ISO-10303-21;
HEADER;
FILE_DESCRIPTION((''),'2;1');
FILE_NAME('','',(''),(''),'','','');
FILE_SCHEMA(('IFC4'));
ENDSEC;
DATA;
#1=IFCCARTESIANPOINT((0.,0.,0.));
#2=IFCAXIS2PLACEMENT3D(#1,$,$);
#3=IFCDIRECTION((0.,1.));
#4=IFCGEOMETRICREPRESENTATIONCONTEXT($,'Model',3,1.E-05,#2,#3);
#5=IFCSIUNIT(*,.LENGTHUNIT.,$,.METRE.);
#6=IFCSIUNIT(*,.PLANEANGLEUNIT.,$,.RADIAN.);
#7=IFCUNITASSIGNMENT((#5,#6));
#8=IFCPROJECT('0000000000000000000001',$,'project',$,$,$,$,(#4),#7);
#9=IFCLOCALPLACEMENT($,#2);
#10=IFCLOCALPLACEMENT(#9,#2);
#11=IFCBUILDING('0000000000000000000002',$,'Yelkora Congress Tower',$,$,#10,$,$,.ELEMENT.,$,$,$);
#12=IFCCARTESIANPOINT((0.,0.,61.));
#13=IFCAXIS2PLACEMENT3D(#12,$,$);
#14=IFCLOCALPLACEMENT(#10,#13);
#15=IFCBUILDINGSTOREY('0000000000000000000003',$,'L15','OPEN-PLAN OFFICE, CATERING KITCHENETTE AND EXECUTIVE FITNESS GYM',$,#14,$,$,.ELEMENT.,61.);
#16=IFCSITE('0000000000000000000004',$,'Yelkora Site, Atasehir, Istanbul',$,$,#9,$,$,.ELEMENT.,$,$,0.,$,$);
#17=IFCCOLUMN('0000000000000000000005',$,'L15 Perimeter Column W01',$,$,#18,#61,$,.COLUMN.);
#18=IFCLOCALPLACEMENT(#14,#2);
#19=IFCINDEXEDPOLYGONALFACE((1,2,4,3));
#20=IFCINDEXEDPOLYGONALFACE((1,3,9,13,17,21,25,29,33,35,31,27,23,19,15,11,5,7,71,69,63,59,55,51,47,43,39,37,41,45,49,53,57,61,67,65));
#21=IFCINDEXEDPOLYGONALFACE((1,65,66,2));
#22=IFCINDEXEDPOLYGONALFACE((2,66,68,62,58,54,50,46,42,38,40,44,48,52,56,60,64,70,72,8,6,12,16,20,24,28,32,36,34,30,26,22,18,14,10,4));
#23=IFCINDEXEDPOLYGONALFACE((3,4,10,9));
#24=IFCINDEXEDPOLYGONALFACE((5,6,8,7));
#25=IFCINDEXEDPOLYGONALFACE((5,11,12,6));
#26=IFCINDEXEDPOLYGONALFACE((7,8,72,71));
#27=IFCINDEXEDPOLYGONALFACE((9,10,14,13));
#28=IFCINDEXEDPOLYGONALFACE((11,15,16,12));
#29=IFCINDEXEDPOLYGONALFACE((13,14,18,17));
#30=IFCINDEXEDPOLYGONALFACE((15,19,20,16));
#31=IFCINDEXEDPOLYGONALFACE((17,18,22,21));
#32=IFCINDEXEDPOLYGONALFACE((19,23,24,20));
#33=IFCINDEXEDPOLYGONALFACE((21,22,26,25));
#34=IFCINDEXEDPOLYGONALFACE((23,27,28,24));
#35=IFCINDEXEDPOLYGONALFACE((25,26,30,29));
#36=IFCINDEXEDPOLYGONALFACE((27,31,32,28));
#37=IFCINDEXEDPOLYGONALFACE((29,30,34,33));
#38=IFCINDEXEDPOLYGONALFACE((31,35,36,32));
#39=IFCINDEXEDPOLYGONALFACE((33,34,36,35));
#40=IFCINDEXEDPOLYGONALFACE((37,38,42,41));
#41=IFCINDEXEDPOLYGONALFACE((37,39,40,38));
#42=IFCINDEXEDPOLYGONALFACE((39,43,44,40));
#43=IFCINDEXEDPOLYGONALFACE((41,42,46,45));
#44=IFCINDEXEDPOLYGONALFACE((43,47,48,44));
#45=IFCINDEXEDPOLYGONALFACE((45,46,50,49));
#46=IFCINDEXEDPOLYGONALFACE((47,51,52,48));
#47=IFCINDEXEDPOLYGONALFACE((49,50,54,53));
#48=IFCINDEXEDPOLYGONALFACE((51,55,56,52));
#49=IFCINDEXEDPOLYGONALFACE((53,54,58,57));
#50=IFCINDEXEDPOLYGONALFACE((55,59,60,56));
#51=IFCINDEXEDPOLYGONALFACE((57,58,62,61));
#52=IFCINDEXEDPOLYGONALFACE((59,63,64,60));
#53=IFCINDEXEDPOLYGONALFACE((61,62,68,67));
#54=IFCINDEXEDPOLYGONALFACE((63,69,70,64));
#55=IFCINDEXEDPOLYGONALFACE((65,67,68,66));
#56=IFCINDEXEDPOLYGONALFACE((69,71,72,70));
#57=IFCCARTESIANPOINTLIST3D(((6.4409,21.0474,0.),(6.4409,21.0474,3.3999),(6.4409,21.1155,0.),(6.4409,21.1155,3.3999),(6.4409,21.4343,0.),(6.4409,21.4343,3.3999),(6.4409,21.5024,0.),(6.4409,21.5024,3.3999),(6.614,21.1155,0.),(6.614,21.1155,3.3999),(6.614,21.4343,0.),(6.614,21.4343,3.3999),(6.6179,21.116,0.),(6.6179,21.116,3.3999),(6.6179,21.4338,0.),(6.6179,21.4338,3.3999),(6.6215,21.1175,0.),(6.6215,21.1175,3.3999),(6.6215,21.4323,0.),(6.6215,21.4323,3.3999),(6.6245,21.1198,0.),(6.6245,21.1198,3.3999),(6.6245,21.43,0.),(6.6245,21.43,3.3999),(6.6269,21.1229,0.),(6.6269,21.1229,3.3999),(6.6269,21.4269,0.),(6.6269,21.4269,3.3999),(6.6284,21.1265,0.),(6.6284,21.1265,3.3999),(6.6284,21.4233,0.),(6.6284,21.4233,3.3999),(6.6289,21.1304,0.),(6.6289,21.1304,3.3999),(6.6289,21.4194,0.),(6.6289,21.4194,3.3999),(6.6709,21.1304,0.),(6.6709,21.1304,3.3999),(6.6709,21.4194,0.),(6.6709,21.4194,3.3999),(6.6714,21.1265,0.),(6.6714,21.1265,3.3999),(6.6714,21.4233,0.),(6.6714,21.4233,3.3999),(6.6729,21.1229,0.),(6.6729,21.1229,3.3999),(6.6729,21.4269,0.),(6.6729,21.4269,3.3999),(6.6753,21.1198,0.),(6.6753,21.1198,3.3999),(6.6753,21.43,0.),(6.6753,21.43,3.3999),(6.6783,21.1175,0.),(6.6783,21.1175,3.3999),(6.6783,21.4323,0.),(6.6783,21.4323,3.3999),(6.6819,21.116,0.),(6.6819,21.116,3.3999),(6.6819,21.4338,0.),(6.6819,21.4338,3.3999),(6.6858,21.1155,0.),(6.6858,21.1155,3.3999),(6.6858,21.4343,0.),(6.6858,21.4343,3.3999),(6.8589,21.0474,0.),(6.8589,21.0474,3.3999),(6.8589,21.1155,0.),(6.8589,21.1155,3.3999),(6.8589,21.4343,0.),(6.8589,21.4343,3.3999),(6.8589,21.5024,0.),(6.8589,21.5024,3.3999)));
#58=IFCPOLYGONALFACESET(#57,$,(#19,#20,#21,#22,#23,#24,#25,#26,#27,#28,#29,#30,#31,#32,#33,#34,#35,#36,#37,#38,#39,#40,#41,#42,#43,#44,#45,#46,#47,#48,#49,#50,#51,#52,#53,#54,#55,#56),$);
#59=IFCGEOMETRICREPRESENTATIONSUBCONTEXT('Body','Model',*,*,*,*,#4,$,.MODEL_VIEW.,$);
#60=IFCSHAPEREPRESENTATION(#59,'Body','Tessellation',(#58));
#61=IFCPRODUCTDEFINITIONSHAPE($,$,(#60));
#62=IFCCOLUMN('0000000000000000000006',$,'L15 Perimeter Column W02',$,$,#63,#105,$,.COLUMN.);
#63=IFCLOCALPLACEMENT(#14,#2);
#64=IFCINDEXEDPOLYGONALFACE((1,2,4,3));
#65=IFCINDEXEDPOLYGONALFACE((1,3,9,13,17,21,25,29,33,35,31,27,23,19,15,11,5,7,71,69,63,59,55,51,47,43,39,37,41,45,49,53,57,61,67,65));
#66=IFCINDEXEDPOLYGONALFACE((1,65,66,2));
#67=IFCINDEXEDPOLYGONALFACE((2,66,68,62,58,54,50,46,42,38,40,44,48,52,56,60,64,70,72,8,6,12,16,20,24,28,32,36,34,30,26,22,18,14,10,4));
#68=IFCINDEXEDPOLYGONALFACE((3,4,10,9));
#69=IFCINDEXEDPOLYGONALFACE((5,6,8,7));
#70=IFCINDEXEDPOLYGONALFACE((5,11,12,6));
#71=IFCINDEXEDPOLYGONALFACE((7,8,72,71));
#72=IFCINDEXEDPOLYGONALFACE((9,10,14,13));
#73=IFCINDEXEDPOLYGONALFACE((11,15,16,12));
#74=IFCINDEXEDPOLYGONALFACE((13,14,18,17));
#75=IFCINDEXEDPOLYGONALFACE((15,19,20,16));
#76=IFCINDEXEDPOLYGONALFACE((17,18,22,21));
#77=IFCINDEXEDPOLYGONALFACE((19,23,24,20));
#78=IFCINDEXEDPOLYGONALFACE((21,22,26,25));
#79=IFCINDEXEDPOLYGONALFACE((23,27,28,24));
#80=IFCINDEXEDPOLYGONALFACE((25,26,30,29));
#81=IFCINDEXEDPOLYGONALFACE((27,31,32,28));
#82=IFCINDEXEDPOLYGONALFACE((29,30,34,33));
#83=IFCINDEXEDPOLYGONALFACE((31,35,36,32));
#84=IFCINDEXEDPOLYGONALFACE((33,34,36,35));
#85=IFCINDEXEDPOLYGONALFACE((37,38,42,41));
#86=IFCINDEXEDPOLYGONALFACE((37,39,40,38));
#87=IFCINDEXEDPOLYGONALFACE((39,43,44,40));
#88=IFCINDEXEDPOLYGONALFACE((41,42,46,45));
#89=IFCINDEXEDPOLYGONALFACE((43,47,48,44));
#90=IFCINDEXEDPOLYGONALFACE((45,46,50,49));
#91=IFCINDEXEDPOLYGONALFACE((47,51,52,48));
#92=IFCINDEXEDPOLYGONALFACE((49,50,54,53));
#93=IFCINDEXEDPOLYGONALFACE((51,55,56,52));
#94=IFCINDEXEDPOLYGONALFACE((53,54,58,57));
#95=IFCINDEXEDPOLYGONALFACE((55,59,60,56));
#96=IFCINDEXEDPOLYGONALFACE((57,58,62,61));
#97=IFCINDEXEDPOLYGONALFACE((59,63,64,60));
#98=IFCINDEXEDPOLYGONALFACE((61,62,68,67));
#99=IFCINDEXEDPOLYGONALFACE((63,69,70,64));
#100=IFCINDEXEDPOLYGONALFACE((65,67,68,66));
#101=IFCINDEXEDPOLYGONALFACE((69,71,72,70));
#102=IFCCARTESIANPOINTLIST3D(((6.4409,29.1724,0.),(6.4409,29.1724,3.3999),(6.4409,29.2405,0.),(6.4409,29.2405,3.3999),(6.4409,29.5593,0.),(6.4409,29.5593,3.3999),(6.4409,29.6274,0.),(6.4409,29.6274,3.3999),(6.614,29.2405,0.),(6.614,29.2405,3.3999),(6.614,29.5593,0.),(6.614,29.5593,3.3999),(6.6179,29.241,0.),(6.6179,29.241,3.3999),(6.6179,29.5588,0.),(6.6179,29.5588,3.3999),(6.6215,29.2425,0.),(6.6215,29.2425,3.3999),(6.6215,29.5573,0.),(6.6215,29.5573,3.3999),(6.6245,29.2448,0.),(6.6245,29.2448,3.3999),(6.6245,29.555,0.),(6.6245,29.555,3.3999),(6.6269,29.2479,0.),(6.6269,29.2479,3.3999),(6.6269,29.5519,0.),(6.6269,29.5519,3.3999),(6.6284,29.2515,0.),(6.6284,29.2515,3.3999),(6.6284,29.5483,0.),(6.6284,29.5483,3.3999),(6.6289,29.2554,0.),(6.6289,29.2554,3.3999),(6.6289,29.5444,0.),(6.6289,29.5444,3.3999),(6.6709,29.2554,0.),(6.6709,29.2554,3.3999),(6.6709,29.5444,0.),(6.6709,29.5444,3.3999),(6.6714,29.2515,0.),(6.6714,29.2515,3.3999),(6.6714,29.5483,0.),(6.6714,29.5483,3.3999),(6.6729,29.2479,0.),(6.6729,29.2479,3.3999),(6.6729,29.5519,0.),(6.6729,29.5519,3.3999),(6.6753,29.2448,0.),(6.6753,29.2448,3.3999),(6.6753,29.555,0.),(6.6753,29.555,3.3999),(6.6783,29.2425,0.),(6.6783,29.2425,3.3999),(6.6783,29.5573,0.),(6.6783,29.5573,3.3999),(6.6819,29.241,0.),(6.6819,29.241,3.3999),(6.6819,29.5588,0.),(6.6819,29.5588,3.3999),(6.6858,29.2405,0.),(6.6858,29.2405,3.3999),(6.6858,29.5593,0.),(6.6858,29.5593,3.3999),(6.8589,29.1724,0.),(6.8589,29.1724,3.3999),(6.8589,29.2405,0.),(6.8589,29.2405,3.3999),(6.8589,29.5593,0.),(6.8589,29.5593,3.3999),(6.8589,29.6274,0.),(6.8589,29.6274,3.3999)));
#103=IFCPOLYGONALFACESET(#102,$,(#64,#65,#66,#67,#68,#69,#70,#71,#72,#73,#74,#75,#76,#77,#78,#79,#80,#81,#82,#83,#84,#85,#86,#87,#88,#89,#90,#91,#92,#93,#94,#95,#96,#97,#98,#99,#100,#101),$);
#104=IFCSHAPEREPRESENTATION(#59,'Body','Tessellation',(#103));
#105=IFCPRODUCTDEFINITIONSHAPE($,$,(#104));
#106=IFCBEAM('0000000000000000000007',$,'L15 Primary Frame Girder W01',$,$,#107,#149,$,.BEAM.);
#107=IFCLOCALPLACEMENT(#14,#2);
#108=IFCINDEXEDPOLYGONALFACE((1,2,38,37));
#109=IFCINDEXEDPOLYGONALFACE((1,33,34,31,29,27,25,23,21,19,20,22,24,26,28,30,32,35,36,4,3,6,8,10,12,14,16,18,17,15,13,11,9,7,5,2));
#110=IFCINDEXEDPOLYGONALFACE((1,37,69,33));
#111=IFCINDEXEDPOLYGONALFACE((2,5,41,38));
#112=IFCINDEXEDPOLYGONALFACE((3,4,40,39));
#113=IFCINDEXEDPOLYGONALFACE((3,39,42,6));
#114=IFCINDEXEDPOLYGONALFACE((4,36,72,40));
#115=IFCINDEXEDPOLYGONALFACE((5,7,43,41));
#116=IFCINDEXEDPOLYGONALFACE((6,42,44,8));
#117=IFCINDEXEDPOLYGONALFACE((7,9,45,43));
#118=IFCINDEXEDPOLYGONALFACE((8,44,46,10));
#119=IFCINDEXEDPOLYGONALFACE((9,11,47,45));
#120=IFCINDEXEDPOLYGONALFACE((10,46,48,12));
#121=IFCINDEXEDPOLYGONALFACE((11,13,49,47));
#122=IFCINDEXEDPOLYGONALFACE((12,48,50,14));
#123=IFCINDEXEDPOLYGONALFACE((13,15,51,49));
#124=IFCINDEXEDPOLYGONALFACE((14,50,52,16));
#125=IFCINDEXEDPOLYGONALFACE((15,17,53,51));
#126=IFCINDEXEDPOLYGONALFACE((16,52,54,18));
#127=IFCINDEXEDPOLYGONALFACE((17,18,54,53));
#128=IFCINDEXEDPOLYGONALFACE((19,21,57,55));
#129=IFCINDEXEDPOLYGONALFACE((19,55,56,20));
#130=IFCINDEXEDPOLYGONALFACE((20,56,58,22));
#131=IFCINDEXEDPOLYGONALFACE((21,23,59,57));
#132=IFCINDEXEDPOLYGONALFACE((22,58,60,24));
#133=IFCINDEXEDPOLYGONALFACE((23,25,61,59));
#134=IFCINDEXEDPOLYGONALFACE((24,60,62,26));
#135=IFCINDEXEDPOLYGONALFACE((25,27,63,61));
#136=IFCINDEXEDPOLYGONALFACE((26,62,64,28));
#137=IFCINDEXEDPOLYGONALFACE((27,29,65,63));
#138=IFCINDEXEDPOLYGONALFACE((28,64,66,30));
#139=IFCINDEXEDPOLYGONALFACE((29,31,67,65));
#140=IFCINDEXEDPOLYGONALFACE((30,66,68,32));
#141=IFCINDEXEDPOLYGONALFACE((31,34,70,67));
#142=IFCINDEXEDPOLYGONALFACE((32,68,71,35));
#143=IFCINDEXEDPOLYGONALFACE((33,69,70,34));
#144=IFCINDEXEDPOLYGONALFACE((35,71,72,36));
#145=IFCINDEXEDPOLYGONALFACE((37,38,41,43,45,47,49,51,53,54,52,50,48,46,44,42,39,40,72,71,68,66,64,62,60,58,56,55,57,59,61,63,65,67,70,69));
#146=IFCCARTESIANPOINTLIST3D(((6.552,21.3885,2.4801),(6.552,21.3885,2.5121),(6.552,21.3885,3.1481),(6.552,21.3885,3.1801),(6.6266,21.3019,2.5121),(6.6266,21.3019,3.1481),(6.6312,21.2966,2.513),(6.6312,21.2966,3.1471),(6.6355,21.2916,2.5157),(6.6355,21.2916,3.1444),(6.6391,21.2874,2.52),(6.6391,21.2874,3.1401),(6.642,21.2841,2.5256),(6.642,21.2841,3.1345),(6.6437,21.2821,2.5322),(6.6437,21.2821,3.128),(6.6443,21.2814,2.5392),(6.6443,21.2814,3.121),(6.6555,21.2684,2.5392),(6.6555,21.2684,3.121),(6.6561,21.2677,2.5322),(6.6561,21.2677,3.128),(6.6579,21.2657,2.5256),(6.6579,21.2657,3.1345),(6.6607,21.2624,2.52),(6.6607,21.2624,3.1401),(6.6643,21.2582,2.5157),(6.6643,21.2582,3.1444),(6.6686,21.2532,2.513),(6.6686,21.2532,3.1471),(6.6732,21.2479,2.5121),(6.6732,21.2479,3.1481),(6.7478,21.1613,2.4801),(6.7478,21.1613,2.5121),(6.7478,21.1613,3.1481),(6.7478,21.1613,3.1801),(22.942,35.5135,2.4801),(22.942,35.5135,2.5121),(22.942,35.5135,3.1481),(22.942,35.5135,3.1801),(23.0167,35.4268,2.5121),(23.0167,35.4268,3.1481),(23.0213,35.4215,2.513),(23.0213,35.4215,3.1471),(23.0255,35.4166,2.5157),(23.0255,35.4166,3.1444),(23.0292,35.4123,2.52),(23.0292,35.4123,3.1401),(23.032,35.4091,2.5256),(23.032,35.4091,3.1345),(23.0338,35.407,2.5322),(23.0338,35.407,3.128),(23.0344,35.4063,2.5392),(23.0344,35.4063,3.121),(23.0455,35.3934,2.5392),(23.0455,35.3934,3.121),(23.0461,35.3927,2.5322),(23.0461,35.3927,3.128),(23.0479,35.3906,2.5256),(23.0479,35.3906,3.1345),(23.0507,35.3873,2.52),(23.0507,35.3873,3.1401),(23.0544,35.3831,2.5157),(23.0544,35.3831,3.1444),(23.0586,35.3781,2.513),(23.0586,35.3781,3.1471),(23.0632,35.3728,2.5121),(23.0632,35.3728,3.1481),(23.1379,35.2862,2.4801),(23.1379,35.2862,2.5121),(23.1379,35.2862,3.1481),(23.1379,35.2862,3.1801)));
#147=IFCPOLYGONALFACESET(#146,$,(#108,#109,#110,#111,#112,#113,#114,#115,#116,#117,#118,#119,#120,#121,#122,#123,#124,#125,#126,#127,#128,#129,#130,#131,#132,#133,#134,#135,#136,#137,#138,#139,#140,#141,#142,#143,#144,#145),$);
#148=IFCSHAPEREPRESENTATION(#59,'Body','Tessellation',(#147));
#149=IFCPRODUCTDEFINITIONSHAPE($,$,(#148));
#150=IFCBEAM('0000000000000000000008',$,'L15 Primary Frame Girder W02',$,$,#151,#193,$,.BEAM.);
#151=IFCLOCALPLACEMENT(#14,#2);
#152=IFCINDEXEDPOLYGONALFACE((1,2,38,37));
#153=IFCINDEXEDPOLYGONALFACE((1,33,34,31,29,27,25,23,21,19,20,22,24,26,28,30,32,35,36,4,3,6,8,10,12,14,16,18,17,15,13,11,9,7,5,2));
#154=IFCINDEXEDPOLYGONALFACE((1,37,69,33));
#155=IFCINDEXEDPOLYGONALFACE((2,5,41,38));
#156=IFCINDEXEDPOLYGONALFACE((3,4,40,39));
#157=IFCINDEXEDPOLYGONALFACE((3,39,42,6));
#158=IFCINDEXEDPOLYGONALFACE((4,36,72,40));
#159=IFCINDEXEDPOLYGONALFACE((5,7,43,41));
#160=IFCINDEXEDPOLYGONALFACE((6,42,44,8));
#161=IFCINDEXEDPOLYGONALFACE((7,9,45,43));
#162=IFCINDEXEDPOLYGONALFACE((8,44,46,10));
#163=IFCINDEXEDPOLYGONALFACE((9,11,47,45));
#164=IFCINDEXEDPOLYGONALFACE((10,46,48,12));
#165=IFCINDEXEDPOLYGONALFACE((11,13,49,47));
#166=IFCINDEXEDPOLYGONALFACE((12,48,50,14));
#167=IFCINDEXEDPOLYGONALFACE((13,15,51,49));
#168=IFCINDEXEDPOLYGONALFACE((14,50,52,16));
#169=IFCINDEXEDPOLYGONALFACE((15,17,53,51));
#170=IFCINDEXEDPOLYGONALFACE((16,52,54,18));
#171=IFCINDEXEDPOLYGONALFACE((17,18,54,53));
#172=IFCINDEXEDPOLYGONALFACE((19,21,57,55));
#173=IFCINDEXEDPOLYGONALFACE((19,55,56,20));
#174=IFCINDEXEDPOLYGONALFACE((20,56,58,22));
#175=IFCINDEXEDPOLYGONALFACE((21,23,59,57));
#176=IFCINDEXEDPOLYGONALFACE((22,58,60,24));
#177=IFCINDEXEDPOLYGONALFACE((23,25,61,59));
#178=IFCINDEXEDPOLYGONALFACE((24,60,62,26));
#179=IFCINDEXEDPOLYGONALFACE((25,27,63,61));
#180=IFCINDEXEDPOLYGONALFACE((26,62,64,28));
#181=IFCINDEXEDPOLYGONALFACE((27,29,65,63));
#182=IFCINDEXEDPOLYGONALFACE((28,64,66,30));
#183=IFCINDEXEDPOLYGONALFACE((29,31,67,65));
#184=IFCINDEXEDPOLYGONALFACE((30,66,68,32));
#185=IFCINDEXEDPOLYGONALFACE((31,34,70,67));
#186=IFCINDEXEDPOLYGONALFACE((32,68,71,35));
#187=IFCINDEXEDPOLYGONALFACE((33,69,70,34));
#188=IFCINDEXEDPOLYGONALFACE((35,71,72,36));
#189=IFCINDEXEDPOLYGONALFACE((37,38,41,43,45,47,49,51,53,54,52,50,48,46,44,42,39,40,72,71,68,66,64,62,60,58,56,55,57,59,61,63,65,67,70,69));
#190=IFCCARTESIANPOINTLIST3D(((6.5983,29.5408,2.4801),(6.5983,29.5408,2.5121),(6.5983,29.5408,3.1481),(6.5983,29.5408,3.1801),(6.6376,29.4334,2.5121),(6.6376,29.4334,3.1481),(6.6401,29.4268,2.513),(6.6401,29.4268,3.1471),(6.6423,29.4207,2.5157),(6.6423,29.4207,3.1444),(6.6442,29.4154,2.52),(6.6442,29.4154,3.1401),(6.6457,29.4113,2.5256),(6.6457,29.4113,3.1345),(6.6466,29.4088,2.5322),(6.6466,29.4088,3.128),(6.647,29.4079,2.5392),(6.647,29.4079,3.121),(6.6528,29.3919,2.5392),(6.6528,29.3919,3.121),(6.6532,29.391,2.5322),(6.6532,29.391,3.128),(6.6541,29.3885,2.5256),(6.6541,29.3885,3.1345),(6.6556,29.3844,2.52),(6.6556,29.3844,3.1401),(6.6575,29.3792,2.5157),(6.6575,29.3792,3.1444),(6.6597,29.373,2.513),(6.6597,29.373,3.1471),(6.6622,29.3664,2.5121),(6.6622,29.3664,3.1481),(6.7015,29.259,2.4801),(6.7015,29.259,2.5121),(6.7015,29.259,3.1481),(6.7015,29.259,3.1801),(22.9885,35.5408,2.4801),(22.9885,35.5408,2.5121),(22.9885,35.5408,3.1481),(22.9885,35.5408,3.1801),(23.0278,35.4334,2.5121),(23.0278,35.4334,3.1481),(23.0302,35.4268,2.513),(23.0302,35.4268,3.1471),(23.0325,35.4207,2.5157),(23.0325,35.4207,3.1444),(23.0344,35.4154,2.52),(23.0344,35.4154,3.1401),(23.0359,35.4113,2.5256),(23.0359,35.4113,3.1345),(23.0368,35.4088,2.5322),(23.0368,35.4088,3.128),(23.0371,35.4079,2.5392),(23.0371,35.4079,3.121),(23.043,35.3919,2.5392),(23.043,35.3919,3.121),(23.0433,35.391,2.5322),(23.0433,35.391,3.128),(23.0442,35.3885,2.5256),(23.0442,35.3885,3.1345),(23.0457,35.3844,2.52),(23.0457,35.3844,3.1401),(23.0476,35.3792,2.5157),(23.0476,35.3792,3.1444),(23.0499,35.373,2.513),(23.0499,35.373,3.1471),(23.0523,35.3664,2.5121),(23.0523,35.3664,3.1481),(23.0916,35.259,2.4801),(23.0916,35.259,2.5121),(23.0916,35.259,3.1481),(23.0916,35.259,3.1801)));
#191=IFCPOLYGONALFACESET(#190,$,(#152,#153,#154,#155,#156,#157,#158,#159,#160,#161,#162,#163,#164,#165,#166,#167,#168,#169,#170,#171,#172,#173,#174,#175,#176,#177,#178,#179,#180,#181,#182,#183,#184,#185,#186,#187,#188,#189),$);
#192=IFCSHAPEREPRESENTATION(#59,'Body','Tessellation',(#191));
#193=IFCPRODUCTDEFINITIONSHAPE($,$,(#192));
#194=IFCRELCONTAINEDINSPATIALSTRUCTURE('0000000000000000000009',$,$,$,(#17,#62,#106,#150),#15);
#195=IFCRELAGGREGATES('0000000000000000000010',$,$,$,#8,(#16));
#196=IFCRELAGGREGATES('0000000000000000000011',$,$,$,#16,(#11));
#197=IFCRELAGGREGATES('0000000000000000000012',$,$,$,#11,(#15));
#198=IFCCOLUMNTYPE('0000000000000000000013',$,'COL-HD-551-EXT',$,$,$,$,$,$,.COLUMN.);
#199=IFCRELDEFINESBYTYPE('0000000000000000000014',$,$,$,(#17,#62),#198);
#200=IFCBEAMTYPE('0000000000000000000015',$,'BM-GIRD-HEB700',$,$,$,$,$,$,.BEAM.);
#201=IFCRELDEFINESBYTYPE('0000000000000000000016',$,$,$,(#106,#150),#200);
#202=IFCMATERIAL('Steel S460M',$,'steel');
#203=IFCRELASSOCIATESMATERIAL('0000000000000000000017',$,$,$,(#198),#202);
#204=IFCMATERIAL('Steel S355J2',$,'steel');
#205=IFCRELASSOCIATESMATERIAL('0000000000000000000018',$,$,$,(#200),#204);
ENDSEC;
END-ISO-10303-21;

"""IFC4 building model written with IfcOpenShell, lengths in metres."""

from ifc_helpers import new_model, si_unit, direction, frame, origin, origin_2d, place, context, subcontext, project, spatial, i_section, extrude, material, material_profile, profile_set, type_object, element, save


model = new_model("IFC4")

# Units and contexts
model_context = context("Model", 3, precision=1e-05, world=origin(), true_north=direction((0.0, 1.0)))
body_context = subcontext(model_context, "Body", "Model", "MODEL_VIEW")
ifc_project = project(units=[si_unit("LENGTHUNIT", "METRE"), si_unit("PLANEANGLEUNIT", "RADIAN")], contexts=[model_context])

# Site, building, storey
site_placement = place(None, origin())
site = spatial("IfcSite", under=ifc_project, at=site_placement, Name="Yelkora Site, Atasehir, Istanbul", CompositionType="ELEMENT", RefElevation=0.0)
building_placement = place(site_placement, origin())
building = spatial("IfcBuilding", under=site, at=building_placement, Name="Yelkora Congress Tower", CompositionType="ELEMENT")
storey_placement = place(building_placement, frame((0.0, 0.0, 61.0)))
storey = spatial("IfcBuildingStorey", under=building, at=storey_placement, Name="L15", Description="OPEN-PLAN OFFICE, CATERING KITCHENETTE AND EXECUTIVE FITNESS GYM", CompositionType="ELEMENT", Elevation=61.0)

# Columns
ifc_material_1 = material(Name="Steel S460M", Category="steel")
ifc_material_profile_1 = material_profile(ifc_material_1, i_section(OverallWidth=0.418, OverallDepth=0.4551, WebThickness=0.042, FlangeThickness=0.0681, FilletRadius=0.0149, at=origin_2d()), Name="HD 400x551")
ifc_profile_set_1 = profile_set([ifc_material_profile_1], Name="Steel S460M")
column_type = type_object("IfcColumnType", Name="COL-HD-551-EXT", PredefinedType="COLUMN", material=ifc_profile_set_1)
for number, where, z_axis, x_axis, name in (
    (1, (6.6499, 21.2749, 0.0), (0.0, 0.0, 1.0), (1.0, 0.0, 0.0), "L15 Perimeter Column W01"),
    (2, (6.6499, 29.3999, 0.0), (0.0, 0.0, 1.0), (1.0, 0.0, 0.0), "L15 Perimeter Column W02"),
):
    element("IfcColumn", number, at=place(storey_placement, frame(where, z_axis=z_axis, x_axis=x_axis)), inside=storey, type_object=column_type, Name=name, PredefinedType="COLUMN", context=body_context, shape_type="SweptSolid", body=[
        extrude(i_section(OverallWidth=0.418, OverallDepth=0.4551, WebThickness=0.042, FlangeThickness=0.0681, FilletRadius=0.0149, at=origin_2d()), origin(), (0.0, 0.0, 1.0), 3.3999),
    ])

# Beams
ifc_material_2 = material(Name="Steel S355J2", Category="steel")
ifc_material_profile_2 = material_profile(ifc_material_2, i_section(OverallWidth=0.3, OverallDepth=0.7, WebThickness=0.0171, FlangeThickness=0.032, FilletRadius=0.0271, at=origin_2d()), Name="HEB 700")
ifc_profile_set_2 = profile_set([ifc_material_profile_2], Name="Steel S355J2")
beam_type_1 = type_object("IfcBeamType", Name="BM-GIRD-HEB700", PredefinedType="BEAM", material=ifc_profile_set_2)
beam_1_placement = place(storey_placement, frame((6.6499, 21.2749, 2.8301), z_axis=(0.757511, 0.652822, 0.0), x_axis=(-0.652822, 0.757511, 0.0)))
element("IfcBeam", 3, at=beam_1_placement, inside=storey, type_object=beam_type_1, Name="L15 Primary Frame Girder W01", PredefinedType="BEAM", context=body_context, shape_type="SweptSolid", body=[
    extrude(i_section(OverallWidth=0.3, OverallDepth=0.7, WebThickness=0.0171, FlangeThickness=0.032, FilletRadius=0.0271, at=origin_2d()), origin(), (0.0, 0.0, 1.0), 21.6367),
])
beam_2_placement = place(storey_placement, frame((6.6499, 29.3999, 2.8301), z_axis=(0.939056, 0.343764, 0.0), x_axis=(-0.343764, 0.939056, 0.0)))
element("IfcBeam", 4, at=beam_2_placement, inside=storey, type_object=beam_type_1, Name="L15 Primary Frame Girder W02", PredefinedType="BEAM", context=body_context, shape_type="SweptSolid", body=[
    extrude(i_section(OverallWidth=0.3, OverallDepth=0.7, WebThickness=0.0171, FlangeThickness=0.032, FilletRadius=0.0271, at=origin_2d()), origin(), (0.0, 0.0, 1.0), 17.4539),
])

save(model, "model.ifc")
